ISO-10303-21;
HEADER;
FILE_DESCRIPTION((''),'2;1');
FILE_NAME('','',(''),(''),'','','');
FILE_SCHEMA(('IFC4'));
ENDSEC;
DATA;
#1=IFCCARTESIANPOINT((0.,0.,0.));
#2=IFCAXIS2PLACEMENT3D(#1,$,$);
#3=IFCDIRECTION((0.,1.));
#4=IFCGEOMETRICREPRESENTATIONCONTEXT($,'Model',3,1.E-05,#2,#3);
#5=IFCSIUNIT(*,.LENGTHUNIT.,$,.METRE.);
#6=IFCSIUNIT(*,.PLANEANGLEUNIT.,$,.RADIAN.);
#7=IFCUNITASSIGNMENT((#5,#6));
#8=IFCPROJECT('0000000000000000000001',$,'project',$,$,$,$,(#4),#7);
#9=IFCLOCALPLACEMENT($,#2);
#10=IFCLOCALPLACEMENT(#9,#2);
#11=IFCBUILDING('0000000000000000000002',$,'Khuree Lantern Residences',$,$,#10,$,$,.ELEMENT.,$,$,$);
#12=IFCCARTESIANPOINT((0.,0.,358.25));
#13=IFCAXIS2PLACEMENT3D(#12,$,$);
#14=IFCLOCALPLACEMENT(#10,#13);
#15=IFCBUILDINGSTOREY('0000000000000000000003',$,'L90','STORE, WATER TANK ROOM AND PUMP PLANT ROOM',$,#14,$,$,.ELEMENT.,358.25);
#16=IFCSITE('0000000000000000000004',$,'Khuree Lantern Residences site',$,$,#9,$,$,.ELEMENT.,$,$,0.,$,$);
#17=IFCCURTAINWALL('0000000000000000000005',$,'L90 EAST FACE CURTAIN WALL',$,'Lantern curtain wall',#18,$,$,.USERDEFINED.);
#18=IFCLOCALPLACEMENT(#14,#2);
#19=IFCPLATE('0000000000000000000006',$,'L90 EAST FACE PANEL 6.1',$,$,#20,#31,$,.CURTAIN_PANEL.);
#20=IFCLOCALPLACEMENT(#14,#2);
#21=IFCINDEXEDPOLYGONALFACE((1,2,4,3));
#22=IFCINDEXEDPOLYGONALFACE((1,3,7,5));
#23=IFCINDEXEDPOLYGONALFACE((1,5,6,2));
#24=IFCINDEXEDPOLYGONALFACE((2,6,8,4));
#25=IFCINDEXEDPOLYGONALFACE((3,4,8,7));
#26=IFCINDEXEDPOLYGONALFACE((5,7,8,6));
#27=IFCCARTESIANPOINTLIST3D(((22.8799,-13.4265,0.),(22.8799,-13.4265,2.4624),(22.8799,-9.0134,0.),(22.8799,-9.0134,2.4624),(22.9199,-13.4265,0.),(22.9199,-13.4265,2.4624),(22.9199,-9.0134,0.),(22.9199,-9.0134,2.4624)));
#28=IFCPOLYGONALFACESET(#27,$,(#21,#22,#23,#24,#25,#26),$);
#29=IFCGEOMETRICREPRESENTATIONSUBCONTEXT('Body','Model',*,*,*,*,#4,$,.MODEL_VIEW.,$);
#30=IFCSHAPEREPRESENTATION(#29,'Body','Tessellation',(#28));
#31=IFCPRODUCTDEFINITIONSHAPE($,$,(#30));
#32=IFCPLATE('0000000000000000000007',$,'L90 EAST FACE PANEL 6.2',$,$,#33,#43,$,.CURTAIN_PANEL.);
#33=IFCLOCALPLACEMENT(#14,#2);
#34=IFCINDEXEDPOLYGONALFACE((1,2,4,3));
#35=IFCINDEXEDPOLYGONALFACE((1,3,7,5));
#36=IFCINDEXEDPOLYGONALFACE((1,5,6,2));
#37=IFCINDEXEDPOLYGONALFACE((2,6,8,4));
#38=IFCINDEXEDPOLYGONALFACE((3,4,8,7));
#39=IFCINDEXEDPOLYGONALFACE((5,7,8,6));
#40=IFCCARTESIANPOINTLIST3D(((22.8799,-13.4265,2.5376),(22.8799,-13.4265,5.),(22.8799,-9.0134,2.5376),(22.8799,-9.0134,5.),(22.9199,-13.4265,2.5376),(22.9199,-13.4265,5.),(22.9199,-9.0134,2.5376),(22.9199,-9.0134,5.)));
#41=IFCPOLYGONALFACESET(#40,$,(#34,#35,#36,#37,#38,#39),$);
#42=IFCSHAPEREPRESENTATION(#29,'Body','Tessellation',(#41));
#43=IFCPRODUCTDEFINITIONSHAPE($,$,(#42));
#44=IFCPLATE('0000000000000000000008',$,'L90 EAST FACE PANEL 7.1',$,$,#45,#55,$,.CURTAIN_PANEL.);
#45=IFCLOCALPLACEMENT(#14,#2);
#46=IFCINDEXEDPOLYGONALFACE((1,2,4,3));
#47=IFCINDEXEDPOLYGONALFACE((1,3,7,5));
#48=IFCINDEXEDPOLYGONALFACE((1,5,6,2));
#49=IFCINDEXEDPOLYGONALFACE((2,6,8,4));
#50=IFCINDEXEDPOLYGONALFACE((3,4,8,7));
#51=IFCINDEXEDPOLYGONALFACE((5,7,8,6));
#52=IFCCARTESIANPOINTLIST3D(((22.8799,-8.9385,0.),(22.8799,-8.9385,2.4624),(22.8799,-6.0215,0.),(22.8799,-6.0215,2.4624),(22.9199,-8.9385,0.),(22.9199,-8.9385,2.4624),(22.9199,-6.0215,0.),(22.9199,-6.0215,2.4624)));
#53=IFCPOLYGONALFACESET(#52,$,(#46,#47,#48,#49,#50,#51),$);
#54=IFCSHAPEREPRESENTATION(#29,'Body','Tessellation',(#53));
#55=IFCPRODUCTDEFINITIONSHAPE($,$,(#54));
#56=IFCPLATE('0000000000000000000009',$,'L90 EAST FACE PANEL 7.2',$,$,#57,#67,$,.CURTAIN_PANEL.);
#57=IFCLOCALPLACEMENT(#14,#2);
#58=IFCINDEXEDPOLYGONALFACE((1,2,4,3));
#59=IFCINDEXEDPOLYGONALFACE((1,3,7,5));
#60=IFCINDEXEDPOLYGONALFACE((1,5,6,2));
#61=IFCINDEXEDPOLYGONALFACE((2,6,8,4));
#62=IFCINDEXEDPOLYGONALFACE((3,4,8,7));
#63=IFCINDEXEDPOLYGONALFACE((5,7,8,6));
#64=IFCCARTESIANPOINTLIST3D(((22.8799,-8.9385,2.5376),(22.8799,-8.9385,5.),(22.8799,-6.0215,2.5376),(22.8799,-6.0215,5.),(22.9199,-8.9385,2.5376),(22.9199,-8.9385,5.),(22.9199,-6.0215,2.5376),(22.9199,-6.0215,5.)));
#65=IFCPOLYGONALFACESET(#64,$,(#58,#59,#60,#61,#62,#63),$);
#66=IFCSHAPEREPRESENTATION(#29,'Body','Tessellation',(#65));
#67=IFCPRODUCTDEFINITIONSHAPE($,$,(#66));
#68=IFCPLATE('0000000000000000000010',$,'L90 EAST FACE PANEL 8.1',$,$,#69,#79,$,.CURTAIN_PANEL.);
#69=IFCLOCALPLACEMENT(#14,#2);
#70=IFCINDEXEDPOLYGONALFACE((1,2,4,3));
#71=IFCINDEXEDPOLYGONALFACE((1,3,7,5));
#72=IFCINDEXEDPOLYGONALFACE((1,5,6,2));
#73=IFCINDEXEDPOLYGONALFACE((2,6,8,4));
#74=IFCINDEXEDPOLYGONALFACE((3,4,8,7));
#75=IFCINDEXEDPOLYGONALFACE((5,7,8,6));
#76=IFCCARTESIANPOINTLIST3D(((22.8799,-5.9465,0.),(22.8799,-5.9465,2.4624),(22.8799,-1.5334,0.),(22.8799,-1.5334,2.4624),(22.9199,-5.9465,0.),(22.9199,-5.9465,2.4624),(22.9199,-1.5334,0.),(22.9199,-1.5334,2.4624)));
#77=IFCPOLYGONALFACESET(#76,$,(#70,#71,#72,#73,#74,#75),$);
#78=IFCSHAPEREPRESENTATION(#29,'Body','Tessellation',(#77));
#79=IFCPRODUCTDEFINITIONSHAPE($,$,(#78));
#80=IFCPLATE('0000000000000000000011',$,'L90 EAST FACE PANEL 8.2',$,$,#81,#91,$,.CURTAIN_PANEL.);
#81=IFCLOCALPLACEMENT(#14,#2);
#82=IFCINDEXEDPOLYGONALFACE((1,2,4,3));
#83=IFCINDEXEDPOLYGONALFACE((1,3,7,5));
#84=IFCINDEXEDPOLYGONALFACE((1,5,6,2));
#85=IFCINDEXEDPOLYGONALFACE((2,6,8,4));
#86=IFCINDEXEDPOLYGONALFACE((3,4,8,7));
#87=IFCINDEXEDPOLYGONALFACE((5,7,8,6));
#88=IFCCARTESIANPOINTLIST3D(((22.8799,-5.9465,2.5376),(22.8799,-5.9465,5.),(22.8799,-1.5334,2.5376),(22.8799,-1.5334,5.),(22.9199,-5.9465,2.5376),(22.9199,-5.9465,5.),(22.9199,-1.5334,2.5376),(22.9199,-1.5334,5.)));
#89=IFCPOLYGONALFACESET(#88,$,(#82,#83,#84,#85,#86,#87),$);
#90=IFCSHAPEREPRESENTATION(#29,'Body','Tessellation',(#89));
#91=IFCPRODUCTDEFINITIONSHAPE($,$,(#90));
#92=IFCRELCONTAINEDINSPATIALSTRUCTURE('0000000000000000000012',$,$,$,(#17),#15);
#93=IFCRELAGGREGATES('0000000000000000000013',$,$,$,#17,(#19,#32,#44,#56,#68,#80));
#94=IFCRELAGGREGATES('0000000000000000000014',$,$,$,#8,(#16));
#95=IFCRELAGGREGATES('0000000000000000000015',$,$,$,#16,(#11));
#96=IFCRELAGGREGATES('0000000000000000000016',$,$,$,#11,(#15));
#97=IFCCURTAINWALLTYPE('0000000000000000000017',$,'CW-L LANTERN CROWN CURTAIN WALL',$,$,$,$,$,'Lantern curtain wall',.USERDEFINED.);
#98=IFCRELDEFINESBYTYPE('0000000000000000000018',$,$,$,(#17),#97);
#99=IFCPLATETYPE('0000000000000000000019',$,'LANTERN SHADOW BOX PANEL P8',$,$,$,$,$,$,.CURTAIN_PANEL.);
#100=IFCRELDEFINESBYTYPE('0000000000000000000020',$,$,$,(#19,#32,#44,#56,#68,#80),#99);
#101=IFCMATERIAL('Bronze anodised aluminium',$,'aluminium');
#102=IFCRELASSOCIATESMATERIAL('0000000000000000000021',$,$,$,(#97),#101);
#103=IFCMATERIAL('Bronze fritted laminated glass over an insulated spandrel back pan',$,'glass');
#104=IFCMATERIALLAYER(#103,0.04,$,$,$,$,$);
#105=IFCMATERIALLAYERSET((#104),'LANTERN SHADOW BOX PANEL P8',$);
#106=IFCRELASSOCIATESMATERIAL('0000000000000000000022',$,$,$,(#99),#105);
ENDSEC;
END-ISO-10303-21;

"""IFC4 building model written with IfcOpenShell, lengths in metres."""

from ifc_helpers import new_model, si_unit, direction, frame, origin, origin_2d, place, context, subcontext, project, spatial, rectangle, extrude, material, layer, layer_set, type_object, element, aggregate, save


model = new_model("IFC4")

# Units and contexts
model_context = context("Model", 3, precision=1e-05, world=origin(), true_north=direction((0.0, 1.0)))
body_context = subcontext(model_context, "Body", "Model", "MODEL_VIEW")
ifc_project = project(units=[si_unit("LENGTHUNIT", "METRE"), si_unit("PLANEANGLEUNIT", "RADIAN")], contexts=[model_context])

# Site, building, storey
site_placement = place(None, origin())
site = spatial("IfcSite", under=ifc_project, at=site_placement, Name="Khuree Lantern Residences site", CompositionType="ELEMENT", RefElevation=0.0)
building_placement = place(site_placement, origin())
building = spatial("IfcBuilding", under=site, at=building_placement, Name="Khuree Lantern Residences", CompositionType="ELEMENT")
storey_placement = place(building_placement, frame((0.0, 0.0, 358.25)))
storey = spatial("IfcBuildingStorey", under=building, at=storey_placement, Name="L90", Description="STORE, WATER TANK ROOM AND PUMP PLANT ROOM", CompositionType="ELEMENT", Elevation=358.25)

# Curtain wall
ifc_material_1 = material(Name="Bronze anodised aluminium", Category="aluminium")
curtain_wall_type = type_object("IfcCurtainWallType", Name="CW-L LANTERN CROWN CURTAIN WALL", ElementType="Lantern curtain wall", PredefinedType="USERDEFINED", material=ifc_material_1)
curtain_wall_placement = place(storey_placement, origin())
curtain_wall = element("IfcCurtainWall", 1, at=curtain_wall_placement, inside=storey, type_object=curtain_wall_type, Name="L90 EAST FACE CURTAIN WALL", ObjectType="Lantern curtain wall", PredefinedType="USERDEFINED")

# Plates
ifc_material_2 = material(Name="Bronze fritted laminated glass over an insulated spandrel back pan", Category="glass")
ifc_layer = layer(ifc_material_2, 0.04)
ifc_layer_set = layer_set([ifc_layer], Name="LANTERN SHADOW BOX PANEL P8")
plate_type = type_object("IfcPlateType", Name="LANTERN SHADOW BOX PANEL P8", PredefinedType="CURTAIN_PANEL", material=ifc_layer_set)
plate_1_placement = place(storey_placement, frame((22.8999, -11.22, 0.0), z_axis=(0.0, 0.0, 1.0), x_axis=(0.0, 1.0, 0.0)))
plate_1 = element("IfcPlate", 2, at=plate_1_placement, type_object=plate_type, Name="L90 EAST FACE PANEL 6.1", PredefinedType="CURTAIN_PANEL", context=body_context, shape_type="SweptSolid", body=[
    extrude(rectangle(XDim=4.4131, YDim=0.04, at=origin_2d()), origin(), (0.0, 0.0, 1.0), 2.4624),
])
plate_2_placement = place(storey_placement, frame((22.8999, -11.22, 2.5376), z_axis=(0.0, 0.0, 1.0), x_axis=(0.0, 1.0, 0.0)))
plate_2 = element("IfcPlate", 3, at=plate_2_placement, type_object=plate_type, Name="L90 EAST FACE PANEL 6.2", PredefinedType="CURTAIN_PANEL", context=body_context, shape_type="SweptSolid", body=[
    extrude(rectangle(XDim=4.4131, YDim=0.04, at=origin_2d()), origin(), (0.0, 0.0, 1.0), 2.4624),
])
plate_3_placement = place(storey_placement, frame((22.8999, -7.48, 0.0), z_axis=(0.0, 0.0, 1.0), x_axis=(0.0, 1.0, 0.0)))
plate_3 = element("IfcPlate", 4, at=plate_3_placement, type_object=plate_type, Name="L90 EAST FACE PANEL 7.1", PredefinedType="CURTAIN_PANEL", context=body_context, shape_type="SweptSolid", body=[
    extrude(rectangle(XDim=2.917, YDim=0.04, at=origin_2d()), origin(), (0.0, 0.0, 1.0), 2.4624),
])
plate_4_placement = place(storey_placement, frame((22.8999, -7.48, 2.5376), z_axis=(0.0, 0.0, 1.0), x_axis=(0.0, 1.0, 0.0)))
plate_4 = element("IfcPlate", 5, at=plate_4_placement, type_object=plate_type, Name="L90 EAST FACE PANEL 7.2", PredefinedType="CURTAIN_PANEL", context=body_context, shape_type="SweptSolid", body=[
    extrude(rectangle(XDim=2.917, YDim=0.04, at=origin_2d()), origin(), (0.0, 0.0, 1.0), 2.4624),
])
plate_5_placement = place(storey_placement, frame((22.8999, -3.74, 0.0), z_axis=(0.0, 0.0, 1.0), x_axis=(0.0, 1.0, 0.0)))
plate_5 = element("IfcPlate", 6, at=plate_5_placement, type_object=plate_type, Name="L90 EAST FACE PANEL 8.1", PredefinedType="CURTAIN_PANEL", context=body_context, shape_type="SweptSolid", body=[
    extrude(rectangle(XDim=4.4131, YDim=0.04, at=origin_2d()), origin(), (0.0, 0.0, 1.0), 2.4624),
])
plate_6_placement = place(storey_placement, frame((22.8999, -3.74, 2.5376), z_axis=(0.0, 0.0, 1.0), x_axis=(0.0, 1.0, 0.0)))
plate_6 = element("IfcPlate", 7, at=plate_6_placement, type_object=plate_type, Name="L90 EAST FACE PANEL 8.2", PredefinedType="CURTAIN_PANEL", context=body_context, shape_type="SweptSolid", body=[
    extrude(rectangle(XDim=4.4131, YDim=0.04, at=origin_2d()), origin(), (0.0, 0.0, 1.0), 2.4624),
])
aggregate(curtain_wall, [plate_1, plate_2, plate_3, plate_4, plate_5, plate_6])

save(model, "model.ifc")
